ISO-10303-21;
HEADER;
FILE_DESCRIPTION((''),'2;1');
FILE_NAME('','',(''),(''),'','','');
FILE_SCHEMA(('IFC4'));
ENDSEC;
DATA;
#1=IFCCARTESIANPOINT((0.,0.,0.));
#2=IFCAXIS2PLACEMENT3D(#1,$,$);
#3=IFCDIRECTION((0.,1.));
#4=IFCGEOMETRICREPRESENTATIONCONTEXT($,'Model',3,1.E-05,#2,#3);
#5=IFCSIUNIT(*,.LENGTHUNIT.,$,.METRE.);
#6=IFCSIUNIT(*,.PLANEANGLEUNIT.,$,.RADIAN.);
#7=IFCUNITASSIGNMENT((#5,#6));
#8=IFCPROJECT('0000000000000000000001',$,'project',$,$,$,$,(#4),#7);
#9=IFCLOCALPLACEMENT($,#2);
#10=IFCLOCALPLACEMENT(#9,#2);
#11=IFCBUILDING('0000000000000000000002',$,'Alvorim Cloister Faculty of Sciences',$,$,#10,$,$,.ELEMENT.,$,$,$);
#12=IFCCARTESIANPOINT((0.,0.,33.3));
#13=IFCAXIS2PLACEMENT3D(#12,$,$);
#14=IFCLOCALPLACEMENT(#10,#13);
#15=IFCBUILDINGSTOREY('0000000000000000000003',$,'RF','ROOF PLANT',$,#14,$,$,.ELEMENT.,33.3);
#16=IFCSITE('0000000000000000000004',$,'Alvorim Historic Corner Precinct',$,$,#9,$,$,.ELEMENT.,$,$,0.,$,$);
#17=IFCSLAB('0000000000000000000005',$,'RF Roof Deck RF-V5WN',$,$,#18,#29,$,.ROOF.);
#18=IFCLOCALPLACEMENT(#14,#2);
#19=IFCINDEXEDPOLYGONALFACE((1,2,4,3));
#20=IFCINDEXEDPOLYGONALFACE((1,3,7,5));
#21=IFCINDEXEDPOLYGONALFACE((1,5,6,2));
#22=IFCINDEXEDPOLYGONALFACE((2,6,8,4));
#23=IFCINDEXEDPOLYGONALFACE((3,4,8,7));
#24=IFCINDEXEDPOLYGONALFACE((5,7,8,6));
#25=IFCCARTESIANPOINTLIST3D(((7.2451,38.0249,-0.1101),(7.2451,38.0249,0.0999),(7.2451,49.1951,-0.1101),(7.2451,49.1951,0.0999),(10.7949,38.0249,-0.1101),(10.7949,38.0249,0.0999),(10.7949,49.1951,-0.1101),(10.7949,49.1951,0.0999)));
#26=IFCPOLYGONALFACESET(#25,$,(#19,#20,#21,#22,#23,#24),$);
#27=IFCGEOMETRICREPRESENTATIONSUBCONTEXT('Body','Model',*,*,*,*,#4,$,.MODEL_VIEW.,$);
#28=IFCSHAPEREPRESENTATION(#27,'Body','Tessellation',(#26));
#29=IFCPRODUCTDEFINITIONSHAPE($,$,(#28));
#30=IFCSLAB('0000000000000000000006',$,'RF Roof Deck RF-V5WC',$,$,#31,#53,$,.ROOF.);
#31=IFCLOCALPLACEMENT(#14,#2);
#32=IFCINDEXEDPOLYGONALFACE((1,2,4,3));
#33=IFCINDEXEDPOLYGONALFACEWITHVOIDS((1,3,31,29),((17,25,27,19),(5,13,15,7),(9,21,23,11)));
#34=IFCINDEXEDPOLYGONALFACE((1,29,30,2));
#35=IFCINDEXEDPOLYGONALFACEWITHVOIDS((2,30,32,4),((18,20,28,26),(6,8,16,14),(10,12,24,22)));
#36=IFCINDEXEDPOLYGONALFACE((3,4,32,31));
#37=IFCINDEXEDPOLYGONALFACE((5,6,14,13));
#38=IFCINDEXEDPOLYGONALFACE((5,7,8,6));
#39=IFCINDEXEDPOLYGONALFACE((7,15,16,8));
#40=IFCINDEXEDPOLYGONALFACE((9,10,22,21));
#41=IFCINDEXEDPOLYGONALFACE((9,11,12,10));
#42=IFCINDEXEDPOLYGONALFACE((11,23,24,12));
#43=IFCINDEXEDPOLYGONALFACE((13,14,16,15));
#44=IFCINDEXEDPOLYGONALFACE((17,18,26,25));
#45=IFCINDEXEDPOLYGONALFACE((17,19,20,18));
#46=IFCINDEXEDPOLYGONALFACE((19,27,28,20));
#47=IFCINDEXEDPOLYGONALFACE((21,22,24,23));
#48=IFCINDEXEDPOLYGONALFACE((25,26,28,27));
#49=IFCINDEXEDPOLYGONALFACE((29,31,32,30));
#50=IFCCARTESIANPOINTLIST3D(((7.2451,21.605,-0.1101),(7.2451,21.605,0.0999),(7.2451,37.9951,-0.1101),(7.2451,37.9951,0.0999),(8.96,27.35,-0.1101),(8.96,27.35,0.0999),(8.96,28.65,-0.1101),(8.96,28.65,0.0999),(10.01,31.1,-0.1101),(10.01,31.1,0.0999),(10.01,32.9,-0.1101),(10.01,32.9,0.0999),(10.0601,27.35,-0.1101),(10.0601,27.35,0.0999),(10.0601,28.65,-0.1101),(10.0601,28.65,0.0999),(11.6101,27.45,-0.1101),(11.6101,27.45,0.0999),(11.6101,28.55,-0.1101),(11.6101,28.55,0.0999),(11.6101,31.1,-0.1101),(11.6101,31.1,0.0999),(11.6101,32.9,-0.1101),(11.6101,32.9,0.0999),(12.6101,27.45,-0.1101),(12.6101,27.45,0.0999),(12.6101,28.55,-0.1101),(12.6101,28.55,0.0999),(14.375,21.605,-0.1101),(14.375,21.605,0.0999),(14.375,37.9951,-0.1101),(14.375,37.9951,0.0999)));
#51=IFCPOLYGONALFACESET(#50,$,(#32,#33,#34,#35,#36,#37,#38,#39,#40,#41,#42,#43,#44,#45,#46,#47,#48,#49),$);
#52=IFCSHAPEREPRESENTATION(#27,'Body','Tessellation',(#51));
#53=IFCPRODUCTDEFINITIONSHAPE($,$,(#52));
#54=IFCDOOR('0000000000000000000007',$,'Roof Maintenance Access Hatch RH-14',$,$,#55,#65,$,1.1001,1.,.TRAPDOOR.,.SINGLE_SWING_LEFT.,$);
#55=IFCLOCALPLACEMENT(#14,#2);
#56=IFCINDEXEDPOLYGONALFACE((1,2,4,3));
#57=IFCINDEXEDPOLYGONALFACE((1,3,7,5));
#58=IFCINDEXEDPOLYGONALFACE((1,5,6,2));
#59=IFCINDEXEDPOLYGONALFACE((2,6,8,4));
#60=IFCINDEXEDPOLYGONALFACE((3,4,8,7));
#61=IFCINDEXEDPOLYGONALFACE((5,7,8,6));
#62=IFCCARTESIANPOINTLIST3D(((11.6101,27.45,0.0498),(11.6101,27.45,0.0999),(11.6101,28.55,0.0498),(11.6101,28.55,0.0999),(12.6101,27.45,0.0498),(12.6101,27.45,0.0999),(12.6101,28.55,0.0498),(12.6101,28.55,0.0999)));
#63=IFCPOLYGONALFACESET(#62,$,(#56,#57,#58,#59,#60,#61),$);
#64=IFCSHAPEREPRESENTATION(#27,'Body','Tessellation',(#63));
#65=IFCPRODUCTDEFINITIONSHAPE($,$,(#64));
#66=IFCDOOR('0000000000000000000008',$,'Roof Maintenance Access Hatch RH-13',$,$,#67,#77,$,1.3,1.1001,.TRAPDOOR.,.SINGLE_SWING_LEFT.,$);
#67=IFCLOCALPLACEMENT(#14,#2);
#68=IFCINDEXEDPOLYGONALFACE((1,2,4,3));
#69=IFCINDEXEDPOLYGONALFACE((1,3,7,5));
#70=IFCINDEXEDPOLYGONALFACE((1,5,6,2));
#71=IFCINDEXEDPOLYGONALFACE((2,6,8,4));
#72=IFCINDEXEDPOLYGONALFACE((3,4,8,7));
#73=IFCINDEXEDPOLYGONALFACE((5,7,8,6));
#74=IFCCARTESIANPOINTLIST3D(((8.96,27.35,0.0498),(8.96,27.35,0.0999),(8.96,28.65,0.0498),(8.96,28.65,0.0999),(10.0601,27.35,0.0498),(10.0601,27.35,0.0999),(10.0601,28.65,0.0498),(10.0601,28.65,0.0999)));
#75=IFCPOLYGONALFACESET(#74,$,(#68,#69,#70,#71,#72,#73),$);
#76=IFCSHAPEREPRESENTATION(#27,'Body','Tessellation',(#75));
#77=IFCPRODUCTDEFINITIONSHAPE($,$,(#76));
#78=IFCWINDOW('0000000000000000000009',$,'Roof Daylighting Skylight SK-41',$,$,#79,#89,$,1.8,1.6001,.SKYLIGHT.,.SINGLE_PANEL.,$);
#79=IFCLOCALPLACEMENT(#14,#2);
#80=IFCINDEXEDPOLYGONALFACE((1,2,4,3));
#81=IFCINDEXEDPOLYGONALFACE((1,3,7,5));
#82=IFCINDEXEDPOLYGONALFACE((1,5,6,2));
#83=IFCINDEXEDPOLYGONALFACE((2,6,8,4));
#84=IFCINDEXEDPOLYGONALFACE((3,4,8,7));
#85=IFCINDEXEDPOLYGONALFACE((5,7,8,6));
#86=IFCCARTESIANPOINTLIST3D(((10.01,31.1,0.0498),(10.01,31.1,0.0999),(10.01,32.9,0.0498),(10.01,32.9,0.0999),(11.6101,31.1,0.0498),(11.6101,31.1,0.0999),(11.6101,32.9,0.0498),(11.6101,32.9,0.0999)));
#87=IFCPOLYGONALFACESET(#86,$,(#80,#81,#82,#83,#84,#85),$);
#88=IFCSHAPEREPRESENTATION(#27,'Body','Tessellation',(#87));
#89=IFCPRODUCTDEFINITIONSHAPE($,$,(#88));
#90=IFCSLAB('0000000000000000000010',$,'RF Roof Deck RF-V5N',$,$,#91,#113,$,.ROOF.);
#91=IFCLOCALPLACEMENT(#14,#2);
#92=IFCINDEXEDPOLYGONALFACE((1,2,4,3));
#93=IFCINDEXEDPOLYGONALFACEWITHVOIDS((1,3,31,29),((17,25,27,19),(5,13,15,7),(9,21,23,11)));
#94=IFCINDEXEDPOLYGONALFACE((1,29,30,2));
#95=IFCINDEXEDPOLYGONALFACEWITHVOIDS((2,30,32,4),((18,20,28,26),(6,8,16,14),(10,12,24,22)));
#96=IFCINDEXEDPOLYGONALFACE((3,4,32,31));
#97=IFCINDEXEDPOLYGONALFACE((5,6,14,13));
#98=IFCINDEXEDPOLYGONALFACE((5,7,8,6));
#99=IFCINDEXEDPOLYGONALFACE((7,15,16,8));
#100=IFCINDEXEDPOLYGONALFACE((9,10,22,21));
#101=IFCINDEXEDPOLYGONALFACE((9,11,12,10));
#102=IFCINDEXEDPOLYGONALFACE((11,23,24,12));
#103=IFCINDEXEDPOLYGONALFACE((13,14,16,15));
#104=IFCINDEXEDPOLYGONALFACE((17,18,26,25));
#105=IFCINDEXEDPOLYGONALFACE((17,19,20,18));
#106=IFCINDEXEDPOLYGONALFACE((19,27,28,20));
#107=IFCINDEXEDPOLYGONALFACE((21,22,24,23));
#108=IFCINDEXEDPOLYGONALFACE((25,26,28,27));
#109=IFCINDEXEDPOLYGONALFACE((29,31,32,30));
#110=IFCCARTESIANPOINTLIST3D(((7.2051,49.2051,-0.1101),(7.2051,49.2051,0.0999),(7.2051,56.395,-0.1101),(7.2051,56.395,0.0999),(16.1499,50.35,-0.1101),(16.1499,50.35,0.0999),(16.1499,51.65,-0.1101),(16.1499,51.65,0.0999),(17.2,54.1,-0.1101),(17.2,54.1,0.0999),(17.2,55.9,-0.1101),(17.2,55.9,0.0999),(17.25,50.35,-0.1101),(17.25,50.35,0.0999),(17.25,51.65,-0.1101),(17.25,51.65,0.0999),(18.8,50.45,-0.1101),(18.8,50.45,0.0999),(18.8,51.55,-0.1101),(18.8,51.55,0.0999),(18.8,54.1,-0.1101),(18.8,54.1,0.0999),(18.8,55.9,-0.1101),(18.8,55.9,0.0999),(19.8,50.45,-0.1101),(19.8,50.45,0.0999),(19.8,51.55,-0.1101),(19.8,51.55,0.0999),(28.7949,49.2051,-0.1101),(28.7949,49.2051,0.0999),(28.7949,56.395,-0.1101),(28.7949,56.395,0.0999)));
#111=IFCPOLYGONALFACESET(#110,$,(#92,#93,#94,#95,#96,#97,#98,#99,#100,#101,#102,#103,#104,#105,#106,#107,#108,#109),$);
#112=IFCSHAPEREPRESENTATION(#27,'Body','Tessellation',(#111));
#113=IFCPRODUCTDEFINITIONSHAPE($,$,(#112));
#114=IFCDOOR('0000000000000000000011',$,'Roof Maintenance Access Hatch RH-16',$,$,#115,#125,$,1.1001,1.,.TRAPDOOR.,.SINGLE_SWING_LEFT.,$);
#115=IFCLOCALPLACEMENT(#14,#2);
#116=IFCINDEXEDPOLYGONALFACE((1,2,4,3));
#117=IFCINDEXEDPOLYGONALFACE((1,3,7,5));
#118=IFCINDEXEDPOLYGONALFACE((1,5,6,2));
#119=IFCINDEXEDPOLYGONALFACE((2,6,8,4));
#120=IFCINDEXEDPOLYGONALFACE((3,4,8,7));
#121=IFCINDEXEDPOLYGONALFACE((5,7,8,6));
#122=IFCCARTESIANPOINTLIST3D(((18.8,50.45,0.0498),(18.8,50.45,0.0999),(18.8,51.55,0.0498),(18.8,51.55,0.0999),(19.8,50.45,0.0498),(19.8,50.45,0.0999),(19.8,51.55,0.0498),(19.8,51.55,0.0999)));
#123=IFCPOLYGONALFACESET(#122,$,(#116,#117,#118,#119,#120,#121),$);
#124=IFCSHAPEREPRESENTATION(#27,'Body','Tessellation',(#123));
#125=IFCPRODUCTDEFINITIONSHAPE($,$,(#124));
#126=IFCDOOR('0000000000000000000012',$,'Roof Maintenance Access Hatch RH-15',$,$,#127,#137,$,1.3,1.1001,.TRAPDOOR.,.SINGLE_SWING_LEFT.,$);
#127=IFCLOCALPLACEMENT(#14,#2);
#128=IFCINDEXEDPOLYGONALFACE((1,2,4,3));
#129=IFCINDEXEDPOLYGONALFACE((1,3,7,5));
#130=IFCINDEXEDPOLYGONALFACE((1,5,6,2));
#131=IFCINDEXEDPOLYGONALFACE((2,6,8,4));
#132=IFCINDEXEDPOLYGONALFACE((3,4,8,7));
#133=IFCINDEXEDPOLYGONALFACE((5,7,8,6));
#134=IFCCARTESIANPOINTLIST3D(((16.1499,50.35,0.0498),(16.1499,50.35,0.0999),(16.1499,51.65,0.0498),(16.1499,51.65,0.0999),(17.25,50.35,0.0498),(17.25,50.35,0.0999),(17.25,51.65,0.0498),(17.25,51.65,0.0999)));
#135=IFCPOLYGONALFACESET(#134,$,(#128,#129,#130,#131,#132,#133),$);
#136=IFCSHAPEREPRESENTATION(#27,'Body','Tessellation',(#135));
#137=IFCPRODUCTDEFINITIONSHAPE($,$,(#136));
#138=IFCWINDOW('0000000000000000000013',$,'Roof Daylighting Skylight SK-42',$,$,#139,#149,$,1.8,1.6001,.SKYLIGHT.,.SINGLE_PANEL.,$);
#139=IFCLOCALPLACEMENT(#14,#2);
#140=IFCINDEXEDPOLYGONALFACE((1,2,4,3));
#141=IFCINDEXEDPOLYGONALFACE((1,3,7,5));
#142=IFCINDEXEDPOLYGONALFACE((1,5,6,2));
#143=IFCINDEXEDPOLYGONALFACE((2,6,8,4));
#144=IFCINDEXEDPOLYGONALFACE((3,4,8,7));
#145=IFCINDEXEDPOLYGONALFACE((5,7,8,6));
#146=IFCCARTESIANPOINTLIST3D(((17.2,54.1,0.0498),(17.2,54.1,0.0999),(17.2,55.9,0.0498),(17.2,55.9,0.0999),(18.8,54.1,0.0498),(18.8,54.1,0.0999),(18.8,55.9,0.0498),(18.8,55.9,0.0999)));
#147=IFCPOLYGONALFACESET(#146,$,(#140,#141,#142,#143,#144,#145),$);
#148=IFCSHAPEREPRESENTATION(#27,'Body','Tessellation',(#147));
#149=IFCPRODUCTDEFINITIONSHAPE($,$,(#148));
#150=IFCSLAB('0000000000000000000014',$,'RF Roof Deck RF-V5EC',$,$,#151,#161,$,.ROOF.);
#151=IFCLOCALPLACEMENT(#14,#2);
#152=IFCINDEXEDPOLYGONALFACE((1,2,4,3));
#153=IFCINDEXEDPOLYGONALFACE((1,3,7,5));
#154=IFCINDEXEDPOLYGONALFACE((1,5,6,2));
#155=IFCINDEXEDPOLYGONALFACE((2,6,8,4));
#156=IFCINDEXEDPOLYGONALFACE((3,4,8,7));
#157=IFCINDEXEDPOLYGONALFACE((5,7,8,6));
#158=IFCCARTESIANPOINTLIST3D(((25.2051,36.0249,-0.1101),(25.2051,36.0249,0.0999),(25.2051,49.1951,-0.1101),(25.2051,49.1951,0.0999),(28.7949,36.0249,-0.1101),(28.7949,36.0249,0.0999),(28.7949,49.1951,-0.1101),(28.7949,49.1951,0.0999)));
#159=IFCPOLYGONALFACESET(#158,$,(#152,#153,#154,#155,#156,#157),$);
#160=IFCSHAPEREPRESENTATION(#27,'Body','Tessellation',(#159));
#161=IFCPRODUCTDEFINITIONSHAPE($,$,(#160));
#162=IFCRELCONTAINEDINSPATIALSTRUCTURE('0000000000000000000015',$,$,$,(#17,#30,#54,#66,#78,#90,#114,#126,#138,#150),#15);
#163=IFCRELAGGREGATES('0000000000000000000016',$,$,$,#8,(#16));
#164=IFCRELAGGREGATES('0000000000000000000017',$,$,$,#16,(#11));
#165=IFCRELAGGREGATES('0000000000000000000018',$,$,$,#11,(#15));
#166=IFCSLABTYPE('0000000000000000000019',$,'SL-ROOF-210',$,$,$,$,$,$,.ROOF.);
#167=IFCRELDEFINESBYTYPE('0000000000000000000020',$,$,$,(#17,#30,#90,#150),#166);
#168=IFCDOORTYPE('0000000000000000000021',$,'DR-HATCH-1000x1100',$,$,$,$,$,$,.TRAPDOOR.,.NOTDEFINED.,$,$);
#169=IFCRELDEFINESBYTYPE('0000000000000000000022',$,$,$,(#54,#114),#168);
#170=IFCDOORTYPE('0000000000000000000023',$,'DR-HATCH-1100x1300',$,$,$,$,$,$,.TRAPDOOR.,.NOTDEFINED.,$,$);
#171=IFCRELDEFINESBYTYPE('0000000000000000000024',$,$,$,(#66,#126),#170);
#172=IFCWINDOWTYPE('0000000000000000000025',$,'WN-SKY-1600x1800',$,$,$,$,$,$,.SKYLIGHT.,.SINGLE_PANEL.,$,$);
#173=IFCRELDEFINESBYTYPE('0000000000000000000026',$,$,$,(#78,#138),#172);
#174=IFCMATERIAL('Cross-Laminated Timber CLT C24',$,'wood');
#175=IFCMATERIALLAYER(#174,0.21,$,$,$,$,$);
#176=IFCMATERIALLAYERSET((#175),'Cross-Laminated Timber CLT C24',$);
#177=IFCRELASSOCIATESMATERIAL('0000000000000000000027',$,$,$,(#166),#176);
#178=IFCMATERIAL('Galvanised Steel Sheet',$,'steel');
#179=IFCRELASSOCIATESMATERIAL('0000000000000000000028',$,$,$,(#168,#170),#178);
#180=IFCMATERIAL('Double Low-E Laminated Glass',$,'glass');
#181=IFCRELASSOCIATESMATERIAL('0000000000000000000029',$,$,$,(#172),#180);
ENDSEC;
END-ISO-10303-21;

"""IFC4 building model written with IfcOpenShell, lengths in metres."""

from ifc_helpers import new_model, si_unit, direction, frame, origin, origin_2d, place, context, subcontext, project, spatial, polyline, rectangle, outline, extrude, material, layer, layer_set, type_object, element, fill, save


model = new_model("IFC4")

# Units and contexts
model_context = context("Model", 3, precision=1e-05, world=origin(), true_north=direction((0.0, 1.0)))
body_context = subcontext(model_context, "Body", "Model", "MODEL_VIEW")
ifc_project = project(units=[si_unit("LENGTHUNIT", "METRE"), si_unit("PLANEANGLEUNIT", "RADIAN")], contexts=[model_context])

# Site, building, storey
site_placement = place(None, origin())
site = spatial("IfcSite", under=ifc_project, at=site_placement, Name="Alvorim Historic Corner Precinct", CompositionType="ELEMENT", RefElevation=0.0)
building_placement = place(site_placement, origin())
building = spatial("IfcBuilding", under=site, at=building_placement, Name="Alvorim Cloister Faculty of Sciences", CompositionType="ELEMENT")
storey_placement = place(building_placement, frame((0.0, 0.0, 33.3)))
storey = spatial("IfcBuildingStorey", under=building, at=storey_placement, Name="RF", Description="ROOF PLANT", CompositionType="ELEMENT", Elevation=33.3)

# Slab
ifc_material_1 = material(Name="Cross-Laminated Timber CLT C24", Category="wood")
ifc_layer_1 = layer(ifc_material_1, 0.21)
ifc_layer_set_1 = layer_set([ifc_layer_1], Name="Cross-Laminated Timber CLT C24")
slab_type_1 = type_object("IfcSlabType", Name="SL-ROOF-210", PredefinedType="ROOF", material=ifc_layer_set_1)
slab_1_placement = place(storey_placement, frame((0.0, 0.0, -0.1101)))
element("IfcSlab", 1, at=slab_1_placement, inside=storey, type_object=slab_type_1, Name="RF Roof Deck RF-V5WN", PredefinedType="ROOF", context=body_context, shape_type="SweptSolid", body=[
    extrude(outline(polyline([(7.2451, 38.0249), (10.7949, 38.0249), (10.7949, 49.1951), (7.2451, 49.1951), (7.2451, 38.0249)])), origin(), (0.0, 0.0, 1.0), 0.21),
])

# Slabs, openings, doors, windows
slab_2_placement = place(storey_placement, frame((0.0, 0.0, -0.1101)))
slab_2 = element("IfcSlab", 2, at=slab_2_placement, inside=storey, type_object=slab_type_1, Name="RF Roof Deck RF-V5WC", PredefinedType="ROOF", context=body_context, shape_type="SweptSolid", body=[
    extrude(outline(polyline([(7.2451, 21.605), (14.375, 21.605), (14.375, 37.9951), (7.2451, 37.9951), (7.2451, 21.605)])), origin(), (0.0, 0.0, 1.0), 0.21),
])
opening_1_placement = place(slab_2_placement, frame((9.51, 28.0, -0.012)))
opening_1 = element("IfcOpeningElement", 3, at=opening_1_placement, cuts=slab_2, PredefinedType="OPENING", context=body_context, shape_type="SweptSolid", body=[
    extrude(rectangle(XDim=1.1001, YDim=1.3, at=origin_2d()), origin(), (0.0, 0.0, 1.0), 0.2339),
])
opening_2_placement = place(slab_2_placement, frame((12.1101, 28.0, -0.012)))
opening_2 = element("IfcOpeningElement", 4, at=opening_2_placement, cuts=slab_2, PredefinedType="OPENING", context=body_context, shape_type="SweptSolid", body=[
    extrude(rectangle(XDim=1.0, YDim=1.1001, at=origin_2d()), origin(), (0.0, 0.0, 1.0), 0.2339),
])
opening_3_placement = place(slab_2_placement, frame((10.8101, 32.0, -0.012)))
opening_3 = element("IfcOpeningElement", 5, at=opening_3_placement, cuts=slab_2, PredefinedType="OPENING", context=body_context, shape_type="SweptSolid", body=[
    extrude(rectangle(XDim=1.6001, YDim=1.8, at=origin_2d()), origin(), (0.0, 0.0, 1.0), 0.2339),
])
ifc_material_2 = material(Name="Galvanised Steel Sheet", Category="steel")
door_type_1 = type_object("IfcDoorType", Name="DR-HATCH-1000x1100", OperationType="NOTDEFINED", PredefinedType="TRAPDOOR", material=ifc_material_2)
door_1_placement = place(slab_2_placement, frame((12.1101, 28.0, 0.1599)))
door_1 = element("IfcDoor", 6, at=door_1_placement, inside=storey, type_object=door_type_1, Name="Roof Maintenance Access Hatch RH-14", OperationType="SINGLE_SWING_LEFT", OverallHeight=1.1001, OverallWidth=1.0, PredefinedType="TRAPDOOR", context=body_context, shape_type="SweptSolid", body=[
    extrude(rectangle(XDim=1.0, YDim=1.1001, at=origin_2d()), origin(), (0.0, 0.0, 1.0), 0.05),
])
fill(opening_2, door_1)
door_type_2 = type_object("IfcDoorType", Name="DR-HATCH-1100x1300", OperationType="NOTDEFINED", PredefinedType="TRAPDOOR", material=ifc_material_2)
door_2_placement = place(slab_2_placement, frame((9.51, 28.0, 0.1599)))
door_2 = element("IfcDoor", 7, at=door_2_placement, inside=storey, type_object=door_type_2, Name="Roof Maintenance Access Hatch RH-13", OperationType="SINGLE_SWING_LEFT", OverallHeight=1.3, OverallWidth=1.1001, PredefinedType="TRAPDOOR", context=body_context, shape_type="SweptSolid", body=[
    extrude(rectangle(XDim=1.1001, YDim=1.3, at=origin_2d()), origin(), (0.0, 0.0, 1.0), 0.05),
])
fill(opening_1, door_2)
ifc_material_3 = material(Name="Double Low-E Laminated Glass", Category="glass")
window_type_1 = type_object("IfcWindowType", Name="WN-SKY-1600x1800", PartitioningType="SINGLE_PANEL", PredefinedType="SKYLIGHT", material=ifc_material_3)
window_1_placement = place(slab_2_placement, frame((10.8101, 32.0, 0.1599)))
window_1 = element("IfcWindow", 8, at=window_1_placement, inside=storey, type_object=window_type_1, Name="Roof Daylighting Skylight SK-41", OverallHeight=1.8, OverallWidth=1.6001, PartitioningType="SINGLE_PANEL", PredefinedType="SKYLIGHT", context=body_context, shape_type="SweptSolid", body=[
    extrude(rectangle(XDim=1.6001, YDim=1.8, at=origin_2d()), origin(), (0.0, 0.0, 1.0), 0.05),
])
fill(opening_3, window_1)
slab_3_placement = place(storey_placement, frame((0.0, 0.0, -0.1101)))
slab_3 = element("IfcSlab", 9, at=slab_3_placement, inside=storey, type_object=slab_type_1, Name="RF Roof Deck RF-V5N", PredefinedType="ROOF", context=body_context, shape_type="SweptSolid", body=[
    extrude(outline(polyline([(7.2051, 49.2051), (28.7949, 49.2051), (28.7949, 56.395), (7.2051, 56.395), (7.2051, 49.2051)])), origin(), (0.0, 0.0, 1.0), 0.21),
])
opening_4_placement = place(slab_3_placement, frame((16.7, 51.0, -0.012)))
opening_4 = element("IfcOpeningElement", 10, at=opening_4_placement, cuts=slab_3, PredefinedType="OPENING", context=body_context, shape_type="SweptSolid", body=[
    extrude(rectangle(XDim=1.1001, YDim=1.3, at=origin_2d()), origin(), (0.0, 0.0, 1.0), 0.2339),
])
opening_5_placement = place(slab_3_placement, frame((19.3, 51.0, -0.012)))
opening_5 = element("IfcOpeningElement", 11, at=opening_5_placement, cuts=slab_3, PredefinedType="OPENING", context=body_context, shape_type="SweptSolid", body=[
    extrude(rectangle(XDim=1.0, YDim=1.1001, at=origin_2d()), origin(), (0.0, 0.0, 1.0), 0.2339),
])
opening_6_placement = place(slab_3_placement, frame((18.0, 55.0, -0.012)))
opening_6 = element("IfcOpeningElement", 12, at=opening_6_placement, cuts=slab_3, PredefinedType="OPENING", context=body_context, shape_type="SweptSolid", body=[
    extrude(rectangle(XDim=1.6001, YDim=1.8, at=origin_2d()), origin(), (0.0, 0.0, 1.0), 0.2339),
])
door_3_placement = place(slab_3_placement, frame((19.3, 51.0, 0.1599)))
door_3 = element("IfcDoor", 13, at=door_3_placement, inside=storey, type_object=door_type_1, Name="Roof Maintenance Access Hatch RH-16", OperationType="SINGLE_SWING_LEFT", OverallHeight=1.1001, OverallWidth=1.0, PredefinedType="TRAPDOOR", context=body_context, shape_type="SweptSolid", body=[
    extrude(rectangle(XDim=1.0, YDim=1.1001, at=origin_2d()), origin(), (0.0, 0.0, 1.0), 0.05),
])
fill(opening_5, door_3)
door_4_placement = place(slab_3_placement, frame((16.7, 51.0, 0.1599)))
door_4 = element("IfcDoor", 14, at=door_4_placement, inside=storey, type_object=door_type_2, Name="Roof Maintenance Access Hatch RH-15", OperationType="SINGLE_SWING_LEFT", OverallHeight=1.3, OverallWidth=1.1001, PredefinedType="TRAPDOOR", context=body_context, shape_type="SweptSolid", body=[
    extrude(rectangle(XDim=1.1001, YDim=1.3, at=origin_2d()), origin(), (0.0, 0.0, 1.0), 0.05),
])
fill(opening_4, door_4)
window_2_placement = place(slab_3_placement, frame((18.0, 55.0, 0.1599)))
window_2 = element("IfcWindow", 15, at=window_2_placement, inside=storey, type_object=window_type_1, Name="Roof Daylighting Skylight SK-42", OverallHeight=1.8, OverallWidth=1.6001, PartitioningType="SINGLE_PANEL", PredefinedType="SKYLIGHT", context=body_context, shape_type="SweptSolid", body=[
    extrude(rectangle(XDim=1.6001, YDim=1.8, at=origin_2d()), origin(), (0.0, 0.0, 1.0), 0.05),
])
fill(opening_6, window_2)

# Slab
slab_4_placement = place(storey_placement, frame((0.0, 0.0, -0.1101)))
element("IfcSlab", 16, at=slab_4_placement, inside=storey, type_object=slab_type_1, Name="RF Roof Deck RF-V5EC", PredefinedType="ROOF", context=body_context, shape_type="SweptSolid", body=[
    extrude(outline(polyline([(25.2051, 36.0249), (28.7949, 36.0249), (28.7949, 49.1951), (25.2051, 49.1951), (25.2051, 36.0249)])), origin(), (0.0, 0.0, 1.0), 0.21),
])

save(model, "model.ifc")
